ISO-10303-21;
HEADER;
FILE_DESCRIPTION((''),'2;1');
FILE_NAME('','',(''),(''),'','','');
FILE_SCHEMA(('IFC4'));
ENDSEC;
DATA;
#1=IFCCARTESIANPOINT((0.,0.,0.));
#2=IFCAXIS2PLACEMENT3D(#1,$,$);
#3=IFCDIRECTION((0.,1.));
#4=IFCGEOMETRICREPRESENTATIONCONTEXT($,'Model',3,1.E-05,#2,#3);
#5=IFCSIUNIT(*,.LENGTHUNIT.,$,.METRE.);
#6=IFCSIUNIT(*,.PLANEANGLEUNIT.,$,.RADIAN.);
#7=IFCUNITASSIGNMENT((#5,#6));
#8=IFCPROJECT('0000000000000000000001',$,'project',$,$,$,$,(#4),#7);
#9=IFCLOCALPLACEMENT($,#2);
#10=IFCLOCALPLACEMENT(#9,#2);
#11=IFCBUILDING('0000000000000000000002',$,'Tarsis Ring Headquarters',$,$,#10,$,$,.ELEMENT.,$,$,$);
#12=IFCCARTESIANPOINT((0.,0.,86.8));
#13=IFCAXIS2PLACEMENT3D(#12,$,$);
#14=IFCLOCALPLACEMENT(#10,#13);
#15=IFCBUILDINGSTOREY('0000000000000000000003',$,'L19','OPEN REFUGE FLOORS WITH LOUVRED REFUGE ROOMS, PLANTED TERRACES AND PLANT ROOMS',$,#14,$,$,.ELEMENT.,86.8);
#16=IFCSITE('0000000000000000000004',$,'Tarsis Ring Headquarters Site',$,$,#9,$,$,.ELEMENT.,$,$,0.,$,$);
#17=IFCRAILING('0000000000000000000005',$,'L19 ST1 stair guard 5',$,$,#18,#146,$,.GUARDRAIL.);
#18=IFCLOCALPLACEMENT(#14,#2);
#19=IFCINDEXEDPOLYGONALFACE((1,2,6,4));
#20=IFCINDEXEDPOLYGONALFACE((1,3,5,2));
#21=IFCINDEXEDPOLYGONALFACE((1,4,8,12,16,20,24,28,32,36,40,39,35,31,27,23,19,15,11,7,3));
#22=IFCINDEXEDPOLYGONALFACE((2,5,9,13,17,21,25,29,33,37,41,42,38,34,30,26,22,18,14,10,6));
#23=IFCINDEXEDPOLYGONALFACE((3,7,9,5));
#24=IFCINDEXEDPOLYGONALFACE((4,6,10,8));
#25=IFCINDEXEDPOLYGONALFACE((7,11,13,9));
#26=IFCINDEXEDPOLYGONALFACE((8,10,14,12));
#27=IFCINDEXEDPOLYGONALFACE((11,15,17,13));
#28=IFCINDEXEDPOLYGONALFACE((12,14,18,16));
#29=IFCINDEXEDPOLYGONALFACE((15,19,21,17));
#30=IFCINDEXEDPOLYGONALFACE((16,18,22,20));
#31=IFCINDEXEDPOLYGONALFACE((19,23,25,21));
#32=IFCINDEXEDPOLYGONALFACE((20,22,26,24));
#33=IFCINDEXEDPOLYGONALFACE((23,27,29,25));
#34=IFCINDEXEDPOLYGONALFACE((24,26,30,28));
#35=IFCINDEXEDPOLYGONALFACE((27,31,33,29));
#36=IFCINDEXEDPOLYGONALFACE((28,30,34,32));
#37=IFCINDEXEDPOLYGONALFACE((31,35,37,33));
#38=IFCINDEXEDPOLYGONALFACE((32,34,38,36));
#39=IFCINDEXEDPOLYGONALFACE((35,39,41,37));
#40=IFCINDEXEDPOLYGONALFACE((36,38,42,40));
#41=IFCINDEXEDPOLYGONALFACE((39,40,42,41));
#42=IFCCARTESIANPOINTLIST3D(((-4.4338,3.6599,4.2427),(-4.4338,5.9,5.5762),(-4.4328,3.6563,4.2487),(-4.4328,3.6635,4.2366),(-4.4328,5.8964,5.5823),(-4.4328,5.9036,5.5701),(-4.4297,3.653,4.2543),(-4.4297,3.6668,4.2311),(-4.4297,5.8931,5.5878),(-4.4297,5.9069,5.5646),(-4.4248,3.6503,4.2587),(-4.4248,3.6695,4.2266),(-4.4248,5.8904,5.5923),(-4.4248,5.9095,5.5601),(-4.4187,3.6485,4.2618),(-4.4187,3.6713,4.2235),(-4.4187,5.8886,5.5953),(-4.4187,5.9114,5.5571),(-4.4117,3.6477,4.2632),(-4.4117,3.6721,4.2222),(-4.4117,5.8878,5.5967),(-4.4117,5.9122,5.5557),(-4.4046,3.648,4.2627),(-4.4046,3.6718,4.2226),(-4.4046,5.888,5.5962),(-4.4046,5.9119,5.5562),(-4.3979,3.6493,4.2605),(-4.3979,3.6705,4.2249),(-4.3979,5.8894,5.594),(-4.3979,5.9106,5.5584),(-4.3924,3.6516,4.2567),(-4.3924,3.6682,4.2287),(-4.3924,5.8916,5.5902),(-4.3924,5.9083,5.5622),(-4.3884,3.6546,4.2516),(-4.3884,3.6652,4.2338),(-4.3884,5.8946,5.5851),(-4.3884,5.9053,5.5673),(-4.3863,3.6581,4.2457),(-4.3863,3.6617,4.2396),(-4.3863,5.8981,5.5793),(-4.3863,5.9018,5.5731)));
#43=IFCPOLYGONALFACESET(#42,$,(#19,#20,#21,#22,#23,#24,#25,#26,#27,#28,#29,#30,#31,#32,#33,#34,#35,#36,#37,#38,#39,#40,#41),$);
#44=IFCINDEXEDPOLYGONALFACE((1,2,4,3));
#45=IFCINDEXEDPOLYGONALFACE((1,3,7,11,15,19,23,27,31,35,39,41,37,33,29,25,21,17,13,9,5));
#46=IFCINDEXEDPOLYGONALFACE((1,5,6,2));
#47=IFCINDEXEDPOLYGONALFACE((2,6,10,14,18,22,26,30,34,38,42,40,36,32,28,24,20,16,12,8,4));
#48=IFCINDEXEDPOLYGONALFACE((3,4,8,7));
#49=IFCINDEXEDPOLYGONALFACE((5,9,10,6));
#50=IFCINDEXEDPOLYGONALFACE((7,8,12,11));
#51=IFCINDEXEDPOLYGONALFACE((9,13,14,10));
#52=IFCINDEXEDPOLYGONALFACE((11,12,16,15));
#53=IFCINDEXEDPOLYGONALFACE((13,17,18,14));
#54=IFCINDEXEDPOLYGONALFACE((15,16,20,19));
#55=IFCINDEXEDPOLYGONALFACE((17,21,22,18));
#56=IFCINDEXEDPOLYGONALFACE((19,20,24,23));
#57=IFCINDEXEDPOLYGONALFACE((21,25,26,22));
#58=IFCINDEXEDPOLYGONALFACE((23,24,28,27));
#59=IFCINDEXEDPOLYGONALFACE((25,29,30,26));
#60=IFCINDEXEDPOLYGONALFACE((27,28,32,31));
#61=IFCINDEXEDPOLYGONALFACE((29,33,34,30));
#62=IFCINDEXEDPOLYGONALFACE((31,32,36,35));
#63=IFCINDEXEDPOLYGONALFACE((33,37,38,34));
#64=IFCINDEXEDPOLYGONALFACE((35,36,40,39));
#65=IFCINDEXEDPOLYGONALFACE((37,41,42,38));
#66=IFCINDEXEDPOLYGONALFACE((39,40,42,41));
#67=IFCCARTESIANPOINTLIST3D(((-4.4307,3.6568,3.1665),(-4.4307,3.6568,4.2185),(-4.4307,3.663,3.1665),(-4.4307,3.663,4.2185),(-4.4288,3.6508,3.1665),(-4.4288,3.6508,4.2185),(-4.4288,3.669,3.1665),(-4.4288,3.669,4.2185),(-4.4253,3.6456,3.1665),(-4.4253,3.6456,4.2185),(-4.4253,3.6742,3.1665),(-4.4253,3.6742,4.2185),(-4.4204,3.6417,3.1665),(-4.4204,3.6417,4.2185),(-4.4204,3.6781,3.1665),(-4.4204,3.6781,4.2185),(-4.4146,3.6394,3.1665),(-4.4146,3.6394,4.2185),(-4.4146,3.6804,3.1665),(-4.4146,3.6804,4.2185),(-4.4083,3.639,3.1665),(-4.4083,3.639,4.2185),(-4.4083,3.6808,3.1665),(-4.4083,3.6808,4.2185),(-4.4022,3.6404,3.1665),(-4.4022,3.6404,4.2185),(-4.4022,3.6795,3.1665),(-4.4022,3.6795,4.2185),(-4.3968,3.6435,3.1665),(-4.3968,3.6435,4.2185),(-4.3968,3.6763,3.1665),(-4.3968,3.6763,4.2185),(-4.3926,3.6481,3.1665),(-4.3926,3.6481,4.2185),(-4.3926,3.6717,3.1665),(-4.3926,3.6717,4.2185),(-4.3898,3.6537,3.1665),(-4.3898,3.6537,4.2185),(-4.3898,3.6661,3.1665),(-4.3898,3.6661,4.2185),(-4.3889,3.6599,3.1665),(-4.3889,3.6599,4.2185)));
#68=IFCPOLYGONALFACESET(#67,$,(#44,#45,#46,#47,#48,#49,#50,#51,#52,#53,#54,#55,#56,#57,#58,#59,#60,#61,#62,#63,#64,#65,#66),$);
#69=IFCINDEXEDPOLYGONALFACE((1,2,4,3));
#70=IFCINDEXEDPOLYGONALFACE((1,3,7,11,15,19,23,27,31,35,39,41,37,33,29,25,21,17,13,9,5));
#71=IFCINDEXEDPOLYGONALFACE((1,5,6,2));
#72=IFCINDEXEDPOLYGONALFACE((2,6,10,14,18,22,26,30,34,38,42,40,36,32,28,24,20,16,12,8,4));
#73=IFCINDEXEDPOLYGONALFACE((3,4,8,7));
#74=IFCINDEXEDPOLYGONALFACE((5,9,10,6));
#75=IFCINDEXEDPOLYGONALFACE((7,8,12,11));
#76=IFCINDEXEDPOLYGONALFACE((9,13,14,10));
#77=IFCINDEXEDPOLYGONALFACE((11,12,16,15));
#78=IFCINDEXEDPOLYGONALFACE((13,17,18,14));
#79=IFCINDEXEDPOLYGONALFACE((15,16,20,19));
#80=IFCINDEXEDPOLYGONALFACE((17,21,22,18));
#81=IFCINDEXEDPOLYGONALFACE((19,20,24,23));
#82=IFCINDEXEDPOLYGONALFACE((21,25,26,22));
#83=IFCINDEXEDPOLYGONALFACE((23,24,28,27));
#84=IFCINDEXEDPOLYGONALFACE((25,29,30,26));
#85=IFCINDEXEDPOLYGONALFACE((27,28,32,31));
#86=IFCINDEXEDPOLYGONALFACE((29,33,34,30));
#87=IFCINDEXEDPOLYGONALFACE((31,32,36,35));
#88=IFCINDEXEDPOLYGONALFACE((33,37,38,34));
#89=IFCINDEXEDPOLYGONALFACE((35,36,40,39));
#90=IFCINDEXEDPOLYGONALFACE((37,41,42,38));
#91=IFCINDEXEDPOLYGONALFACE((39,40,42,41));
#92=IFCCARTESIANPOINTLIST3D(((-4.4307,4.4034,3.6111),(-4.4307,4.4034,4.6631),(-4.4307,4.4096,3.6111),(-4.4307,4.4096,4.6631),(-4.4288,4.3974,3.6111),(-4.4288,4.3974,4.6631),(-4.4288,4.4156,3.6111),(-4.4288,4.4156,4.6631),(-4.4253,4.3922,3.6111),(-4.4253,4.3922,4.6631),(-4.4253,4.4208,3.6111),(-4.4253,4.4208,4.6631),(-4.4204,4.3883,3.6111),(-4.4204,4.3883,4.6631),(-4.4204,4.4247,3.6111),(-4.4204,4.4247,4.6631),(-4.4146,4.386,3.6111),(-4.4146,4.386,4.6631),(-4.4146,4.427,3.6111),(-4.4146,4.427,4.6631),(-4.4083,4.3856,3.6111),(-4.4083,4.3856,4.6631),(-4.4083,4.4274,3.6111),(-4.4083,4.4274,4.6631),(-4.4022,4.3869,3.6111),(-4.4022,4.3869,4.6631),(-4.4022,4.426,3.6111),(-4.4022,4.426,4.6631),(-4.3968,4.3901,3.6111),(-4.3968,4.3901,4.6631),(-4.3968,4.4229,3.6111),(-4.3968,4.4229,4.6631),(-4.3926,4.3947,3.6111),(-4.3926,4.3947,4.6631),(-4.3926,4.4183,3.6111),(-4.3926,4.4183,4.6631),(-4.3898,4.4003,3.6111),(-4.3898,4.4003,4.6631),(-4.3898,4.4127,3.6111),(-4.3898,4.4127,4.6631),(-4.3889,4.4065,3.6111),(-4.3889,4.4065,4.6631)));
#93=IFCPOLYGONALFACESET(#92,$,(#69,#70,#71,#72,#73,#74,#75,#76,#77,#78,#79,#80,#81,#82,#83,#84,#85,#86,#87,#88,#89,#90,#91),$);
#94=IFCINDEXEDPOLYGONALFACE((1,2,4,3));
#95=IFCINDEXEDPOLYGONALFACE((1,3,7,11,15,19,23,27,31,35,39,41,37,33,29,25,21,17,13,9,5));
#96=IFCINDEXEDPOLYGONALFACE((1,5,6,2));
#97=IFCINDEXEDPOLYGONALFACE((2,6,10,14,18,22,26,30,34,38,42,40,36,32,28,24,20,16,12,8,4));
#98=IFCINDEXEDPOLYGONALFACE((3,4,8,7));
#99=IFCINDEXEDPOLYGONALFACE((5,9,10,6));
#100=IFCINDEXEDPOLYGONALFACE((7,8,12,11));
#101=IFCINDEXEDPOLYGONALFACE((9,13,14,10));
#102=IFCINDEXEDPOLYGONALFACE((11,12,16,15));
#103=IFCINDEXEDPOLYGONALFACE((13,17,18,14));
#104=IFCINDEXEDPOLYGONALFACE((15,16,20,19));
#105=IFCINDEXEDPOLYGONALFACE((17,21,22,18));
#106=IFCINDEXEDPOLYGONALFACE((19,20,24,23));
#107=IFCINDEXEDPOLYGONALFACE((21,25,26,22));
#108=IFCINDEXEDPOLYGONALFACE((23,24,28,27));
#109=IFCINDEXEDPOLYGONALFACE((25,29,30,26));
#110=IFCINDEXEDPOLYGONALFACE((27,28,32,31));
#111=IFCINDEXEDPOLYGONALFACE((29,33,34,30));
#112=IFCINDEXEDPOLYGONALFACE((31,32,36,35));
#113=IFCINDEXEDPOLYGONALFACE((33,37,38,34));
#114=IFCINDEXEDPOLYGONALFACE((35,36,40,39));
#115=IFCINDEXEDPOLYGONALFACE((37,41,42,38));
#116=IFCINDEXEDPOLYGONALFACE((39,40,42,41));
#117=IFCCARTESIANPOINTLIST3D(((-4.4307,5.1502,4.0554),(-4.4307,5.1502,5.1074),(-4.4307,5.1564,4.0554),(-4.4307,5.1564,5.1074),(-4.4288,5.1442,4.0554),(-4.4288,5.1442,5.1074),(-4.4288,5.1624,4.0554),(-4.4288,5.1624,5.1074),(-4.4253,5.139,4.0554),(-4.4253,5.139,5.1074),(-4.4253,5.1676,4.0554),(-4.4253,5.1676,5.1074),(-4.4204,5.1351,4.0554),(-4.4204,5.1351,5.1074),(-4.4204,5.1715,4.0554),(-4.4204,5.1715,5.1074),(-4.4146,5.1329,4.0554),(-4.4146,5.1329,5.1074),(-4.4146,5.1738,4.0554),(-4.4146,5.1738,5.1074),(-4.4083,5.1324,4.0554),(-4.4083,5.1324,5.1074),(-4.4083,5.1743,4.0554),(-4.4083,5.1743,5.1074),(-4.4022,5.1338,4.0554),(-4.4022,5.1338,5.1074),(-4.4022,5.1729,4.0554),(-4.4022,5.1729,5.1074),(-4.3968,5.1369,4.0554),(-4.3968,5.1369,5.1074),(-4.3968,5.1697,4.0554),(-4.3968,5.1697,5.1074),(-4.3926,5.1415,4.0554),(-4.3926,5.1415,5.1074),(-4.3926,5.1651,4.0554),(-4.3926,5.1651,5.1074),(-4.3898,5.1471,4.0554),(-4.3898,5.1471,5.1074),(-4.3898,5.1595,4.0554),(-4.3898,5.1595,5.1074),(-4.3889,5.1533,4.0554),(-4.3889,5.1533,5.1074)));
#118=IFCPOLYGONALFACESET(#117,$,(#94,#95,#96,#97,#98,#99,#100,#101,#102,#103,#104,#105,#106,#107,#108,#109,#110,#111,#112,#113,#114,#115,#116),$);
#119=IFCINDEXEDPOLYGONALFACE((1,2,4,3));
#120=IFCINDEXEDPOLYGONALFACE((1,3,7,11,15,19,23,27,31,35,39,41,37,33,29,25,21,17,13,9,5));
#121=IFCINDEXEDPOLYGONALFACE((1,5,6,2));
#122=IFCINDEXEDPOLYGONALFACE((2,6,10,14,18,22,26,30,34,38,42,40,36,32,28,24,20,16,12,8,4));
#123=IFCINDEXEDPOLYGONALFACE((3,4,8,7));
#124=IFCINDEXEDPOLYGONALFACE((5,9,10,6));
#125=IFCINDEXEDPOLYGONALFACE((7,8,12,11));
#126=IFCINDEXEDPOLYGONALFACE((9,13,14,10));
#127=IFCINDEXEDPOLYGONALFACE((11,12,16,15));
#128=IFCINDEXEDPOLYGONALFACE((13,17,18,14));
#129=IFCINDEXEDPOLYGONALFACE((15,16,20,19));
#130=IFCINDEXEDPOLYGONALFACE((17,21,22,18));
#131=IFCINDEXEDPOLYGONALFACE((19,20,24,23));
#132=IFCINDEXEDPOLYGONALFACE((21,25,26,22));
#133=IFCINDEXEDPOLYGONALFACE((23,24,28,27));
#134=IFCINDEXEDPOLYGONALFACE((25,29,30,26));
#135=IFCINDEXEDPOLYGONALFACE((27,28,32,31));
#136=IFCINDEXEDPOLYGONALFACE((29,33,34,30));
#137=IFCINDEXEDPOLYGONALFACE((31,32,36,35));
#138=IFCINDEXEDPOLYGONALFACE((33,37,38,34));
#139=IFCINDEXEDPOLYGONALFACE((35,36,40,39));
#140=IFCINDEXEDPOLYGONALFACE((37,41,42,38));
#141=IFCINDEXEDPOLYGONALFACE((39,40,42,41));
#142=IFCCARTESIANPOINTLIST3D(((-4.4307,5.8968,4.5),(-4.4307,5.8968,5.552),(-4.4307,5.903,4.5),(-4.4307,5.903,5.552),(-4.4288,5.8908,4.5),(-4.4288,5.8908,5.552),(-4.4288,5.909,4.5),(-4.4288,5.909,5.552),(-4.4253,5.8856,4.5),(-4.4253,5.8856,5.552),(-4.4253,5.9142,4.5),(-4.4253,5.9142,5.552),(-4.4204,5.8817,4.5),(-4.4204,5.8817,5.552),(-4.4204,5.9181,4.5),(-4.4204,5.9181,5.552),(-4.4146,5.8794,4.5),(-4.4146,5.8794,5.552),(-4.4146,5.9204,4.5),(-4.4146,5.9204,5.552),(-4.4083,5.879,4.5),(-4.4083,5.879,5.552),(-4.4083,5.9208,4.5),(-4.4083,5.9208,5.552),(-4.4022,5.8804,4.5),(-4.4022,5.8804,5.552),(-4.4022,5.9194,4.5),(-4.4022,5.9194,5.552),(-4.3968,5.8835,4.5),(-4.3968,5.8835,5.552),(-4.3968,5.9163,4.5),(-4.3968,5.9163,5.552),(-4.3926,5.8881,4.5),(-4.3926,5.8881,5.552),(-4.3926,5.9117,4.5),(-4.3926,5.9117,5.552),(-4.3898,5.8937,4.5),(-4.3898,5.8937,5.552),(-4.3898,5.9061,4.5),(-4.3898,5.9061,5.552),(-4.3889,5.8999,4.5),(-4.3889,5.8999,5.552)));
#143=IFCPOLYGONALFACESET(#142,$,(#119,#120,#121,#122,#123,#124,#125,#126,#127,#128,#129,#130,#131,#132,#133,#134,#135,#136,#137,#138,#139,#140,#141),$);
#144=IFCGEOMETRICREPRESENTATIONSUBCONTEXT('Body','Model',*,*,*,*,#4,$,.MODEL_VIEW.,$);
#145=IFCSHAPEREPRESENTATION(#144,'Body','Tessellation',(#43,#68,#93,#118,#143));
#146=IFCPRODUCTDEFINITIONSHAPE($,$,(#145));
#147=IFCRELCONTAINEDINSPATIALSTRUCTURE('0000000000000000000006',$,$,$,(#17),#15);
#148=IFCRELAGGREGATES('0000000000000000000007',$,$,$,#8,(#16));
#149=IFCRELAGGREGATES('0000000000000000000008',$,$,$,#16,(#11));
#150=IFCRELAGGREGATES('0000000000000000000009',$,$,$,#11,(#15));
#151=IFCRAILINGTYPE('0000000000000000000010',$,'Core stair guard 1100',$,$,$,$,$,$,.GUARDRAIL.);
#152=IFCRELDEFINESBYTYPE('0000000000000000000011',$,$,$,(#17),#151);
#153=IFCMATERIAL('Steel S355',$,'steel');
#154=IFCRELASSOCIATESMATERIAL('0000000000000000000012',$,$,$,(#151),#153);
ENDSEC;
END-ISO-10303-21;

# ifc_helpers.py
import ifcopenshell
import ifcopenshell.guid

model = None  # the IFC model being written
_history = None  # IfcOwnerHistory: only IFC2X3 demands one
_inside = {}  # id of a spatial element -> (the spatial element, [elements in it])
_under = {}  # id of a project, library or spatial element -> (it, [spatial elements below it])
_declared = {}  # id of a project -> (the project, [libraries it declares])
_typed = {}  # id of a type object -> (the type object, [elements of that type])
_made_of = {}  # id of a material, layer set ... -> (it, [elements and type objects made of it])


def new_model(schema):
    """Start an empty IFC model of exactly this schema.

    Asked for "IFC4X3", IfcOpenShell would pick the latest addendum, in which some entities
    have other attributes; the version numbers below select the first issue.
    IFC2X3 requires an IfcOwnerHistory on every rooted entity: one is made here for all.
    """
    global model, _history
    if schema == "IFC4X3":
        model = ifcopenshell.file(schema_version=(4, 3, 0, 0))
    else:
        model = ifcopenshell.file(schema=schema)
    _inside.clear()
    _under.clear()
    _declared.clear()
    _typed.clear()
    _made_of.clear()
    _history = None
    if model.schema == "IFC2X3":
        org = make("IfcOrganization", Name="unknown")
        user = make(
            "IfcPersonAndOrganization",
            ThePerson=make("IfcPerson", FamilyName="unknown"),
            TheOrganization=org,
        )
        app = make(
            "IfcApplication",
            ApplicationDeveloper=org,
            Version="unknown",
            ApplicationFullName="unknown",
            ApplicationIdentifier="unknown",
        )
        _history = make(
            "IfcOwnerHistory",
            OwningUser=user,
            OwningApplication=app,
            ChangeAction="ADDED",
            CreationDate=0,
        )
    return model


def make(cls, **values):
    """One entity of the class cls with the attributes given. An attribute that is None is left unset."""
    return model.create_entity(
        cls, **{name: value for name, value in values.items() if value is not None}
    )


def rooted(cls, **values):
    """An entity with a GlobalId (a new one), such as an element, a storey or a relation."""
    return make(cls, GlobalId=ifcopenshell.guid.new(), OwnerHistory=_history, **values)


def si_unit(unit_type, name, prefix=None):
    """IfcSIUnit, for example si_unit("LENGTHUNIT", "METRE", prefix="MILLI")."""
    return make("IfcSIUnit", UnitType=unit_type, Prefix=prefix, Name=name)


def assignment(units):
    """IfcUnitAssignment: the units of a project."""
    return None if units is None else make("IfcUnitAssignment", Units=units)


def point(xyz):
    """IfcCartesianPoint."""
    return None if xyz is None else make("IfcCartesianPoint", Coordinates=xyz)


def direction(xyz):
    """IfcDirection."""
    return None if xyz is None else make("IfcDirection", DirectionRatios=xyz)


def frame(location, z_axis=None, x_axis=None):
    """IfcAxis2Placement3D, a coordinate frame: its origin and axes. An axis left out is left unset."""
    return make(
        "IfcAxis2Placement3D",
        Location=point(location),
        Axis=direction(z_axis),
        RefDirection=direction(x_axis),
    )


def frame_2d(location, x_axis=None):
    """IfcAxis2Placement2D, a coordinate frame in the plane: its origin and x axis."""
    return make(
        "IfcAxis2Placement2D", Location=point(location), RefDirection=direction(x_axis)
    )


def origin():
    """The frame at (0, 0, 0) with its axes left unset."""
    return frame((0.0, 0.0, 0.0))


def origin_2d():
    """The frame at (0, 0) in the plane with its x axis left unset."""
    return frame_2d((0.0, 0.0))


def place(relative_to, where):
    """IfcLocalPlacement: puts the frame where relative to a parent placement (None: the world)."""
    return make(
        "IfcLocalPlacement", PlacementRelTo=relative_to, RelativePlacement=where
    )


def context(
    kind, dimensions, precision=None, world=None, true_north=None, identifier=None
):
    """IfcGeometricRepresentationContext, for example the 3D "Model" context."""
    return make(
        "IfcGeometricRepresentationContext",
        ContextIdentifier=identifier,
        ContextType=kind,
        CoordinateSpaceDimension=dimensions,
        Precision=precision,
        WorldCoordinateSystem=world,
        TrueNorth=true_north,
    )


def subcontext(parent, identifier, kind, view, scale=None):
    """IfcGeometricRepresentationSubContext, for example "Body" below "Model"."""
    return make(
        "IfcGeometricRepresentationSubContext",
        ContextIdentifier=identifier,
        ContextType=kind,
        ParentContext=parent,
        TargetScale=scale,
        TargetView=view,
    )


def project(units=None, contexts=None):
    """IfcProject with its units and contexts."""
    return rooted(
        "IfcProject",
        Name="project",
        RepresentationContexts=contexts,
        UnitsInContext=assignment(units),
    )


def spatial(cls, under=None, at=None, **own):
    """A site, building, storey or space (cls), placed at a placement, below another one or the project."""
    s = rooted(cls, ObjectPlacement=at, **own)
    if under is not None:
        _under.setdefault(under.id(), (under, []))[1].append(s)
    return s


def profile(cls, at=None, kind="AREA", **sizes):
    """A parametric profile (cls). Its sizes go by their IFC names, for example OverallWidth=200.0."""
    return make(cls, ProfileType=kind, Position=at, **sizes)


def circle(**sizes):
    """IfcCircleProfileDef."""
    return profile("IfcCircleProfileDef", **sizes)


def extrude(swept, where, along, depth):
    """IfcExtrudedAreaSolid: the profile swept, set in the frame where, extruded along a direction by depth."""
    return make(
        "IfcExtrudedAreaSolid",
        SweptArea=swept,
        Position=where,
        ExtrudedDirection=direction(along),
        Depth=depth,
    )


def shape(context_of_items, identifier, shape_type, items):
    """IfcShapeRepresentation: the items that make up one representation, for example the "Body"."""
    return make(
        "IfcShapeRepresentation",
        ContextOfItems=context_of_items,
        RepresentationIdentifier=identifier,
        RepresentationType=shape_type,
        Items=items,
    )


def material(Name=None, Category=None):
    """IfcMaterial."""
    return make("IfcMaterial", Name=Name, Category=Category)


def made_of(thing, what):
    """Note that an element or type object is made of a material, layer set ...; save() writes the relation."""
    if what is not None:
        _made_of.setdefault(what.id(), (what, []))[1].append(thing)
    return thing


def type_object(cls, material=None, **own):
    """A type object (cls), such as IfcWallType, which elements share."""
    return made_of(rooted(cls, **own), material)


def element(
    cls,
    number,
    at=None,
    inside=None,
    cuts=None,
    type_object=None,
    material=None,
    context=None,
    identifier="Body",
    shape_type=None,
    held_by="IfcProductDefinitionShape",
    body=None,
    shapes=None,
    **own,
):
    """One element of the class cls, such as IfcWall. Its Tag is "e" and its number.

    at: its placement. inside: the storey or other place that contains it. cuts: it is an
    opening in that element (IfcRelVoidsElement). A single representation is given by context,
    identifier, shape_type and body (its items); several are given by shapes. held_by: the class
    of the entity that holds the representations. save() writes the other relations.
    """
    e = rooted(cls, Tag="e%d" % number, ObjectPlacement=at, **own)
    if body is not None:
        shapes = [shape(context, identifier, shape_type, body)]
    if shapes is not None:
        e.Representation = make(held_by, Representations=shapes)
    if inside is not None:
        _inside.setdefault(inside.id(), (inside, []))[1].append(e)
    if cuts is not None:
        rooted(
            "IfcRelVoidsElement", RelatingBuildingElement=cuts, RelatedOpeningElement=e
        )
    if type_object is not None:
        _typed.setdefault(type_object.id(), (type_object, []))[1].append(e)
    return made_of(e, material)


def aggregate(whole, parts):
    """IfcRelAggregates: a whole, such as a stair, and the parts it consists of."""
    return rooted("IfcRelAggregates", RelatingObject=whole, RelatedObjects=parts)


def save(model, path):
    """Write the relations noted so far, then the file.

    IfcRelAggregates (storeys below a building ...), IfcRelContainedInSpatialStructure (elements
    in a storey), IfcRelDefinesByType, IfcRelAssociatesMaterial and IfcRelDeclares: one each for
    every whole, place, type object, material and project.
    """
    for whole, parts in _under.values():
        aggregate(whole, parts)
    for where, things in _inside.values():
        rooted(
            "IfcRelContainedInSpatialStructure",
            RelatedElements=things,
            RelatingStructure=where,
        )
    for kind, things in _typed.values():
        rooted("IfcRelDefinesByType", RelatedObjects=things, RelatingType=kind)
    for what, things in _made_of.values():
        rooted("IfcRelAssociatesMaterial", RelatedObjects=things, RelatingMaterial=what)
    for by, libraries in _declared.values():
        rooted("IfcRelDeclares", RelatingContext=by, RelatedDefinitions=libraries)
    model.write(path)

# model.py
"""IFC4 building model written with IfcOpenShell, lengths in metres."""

from ifc_helpers import new_model, si_unit, direction, frame, origin, origin_2d, place, context, subcontext, project, spatial, circle, extrude, material, type_object, element, save


model = new_model("IFC4")

# Units and contexts
model_context = context("Model", 3, precision=1e-05, world=origin(), true_north=direction((0.0, 1.0)))
body_context = subcontext(model_context, "Body", "Model", "MODEL_VIEW")
ifc_project = project(units=[si_unit("LENGTHUNIT", "METRE"), si_unit("PLANEANGLEUNIT", "RADIAN")], contexts=[model_context])

# Site, building, storey
site_placement = place(None, origin())
site = spatial("IfcSite", under=ifc_project, at=site_placement, Name="Tarsis Ring Headquarters Site", CompositionType="ELEMENT", RefElevation=0.0)
building_placement = place(site_placement, origin())
building = spatial("IfcBuilding", under=site, at=building_placement, Name="Tarsis Ring Headquarters", CompositionType="ELEMENT")
storey_placement = place(building_placement, frame((0.0, 0.0, 86.8)))
storey = spatial("IfcBuildingStorey", under=building, at=storey_placement, Name="L19", Description="OPEN REFUGE FLOORS WITH LOUVRED REFUGE ROOMS, PLANTED TERRACES AND PLANT ROOMS", CompositionType="ELEMENT", Elevation=86.8)

# Shared definitions
ifc_material_1 = material(Name="Steel S355", Category="steel")

# Railing
railing_type_1 = type_object("IfcRailingType", Name="Core stair guard 1100", PredefinedType="GUARDRAIL", material=ifc_material_1)
railing_1_placement = place(storey_placement, frame((-4.4099, 3.6599, 3.1665)))
element("IfcRailing", 1, at=railing_1_placement, inside=storey, type_object=railing_type_1, Name="L19 ST1 stair guard 5", PredefinedType="GUARDRAIL", context=body_context, shape_type="SweptSolid", body=[
    extrude(circle(Radius=0.0239, at=origin_2d()), frame((0.0, 0.0, 1.0762), z_axis=(0.0, 0.859264, 0.511532), x_axis=(-1.0, 0.0, 0.0)), (0.0, 0.0, 1.0), 2.6069),
    extrude(circle(Radius=0.021, at=origin_2d()), origin(), (0.0, 0.0, 1.0), 1.052),
    extrude(circle(Radius=0.021, at=origin_2d()), frame((0.0, 0.7466, 0.4446)), (0.0, 0.0, 1.0), 1.052),
    extrude(circle(Radius=0.021, at=origin_2d()), frame((0.0, 1.4934, 0.8889)), (0.0, 0.0, 1.0), 1.052),
    extrude(circle(Radius=0.021, at=origin_2d()), frame((0.0, 2.24, 1.3335)), (0.0, 0.0, 1.0), 1.052),
])

save(model, "model.ifc")
